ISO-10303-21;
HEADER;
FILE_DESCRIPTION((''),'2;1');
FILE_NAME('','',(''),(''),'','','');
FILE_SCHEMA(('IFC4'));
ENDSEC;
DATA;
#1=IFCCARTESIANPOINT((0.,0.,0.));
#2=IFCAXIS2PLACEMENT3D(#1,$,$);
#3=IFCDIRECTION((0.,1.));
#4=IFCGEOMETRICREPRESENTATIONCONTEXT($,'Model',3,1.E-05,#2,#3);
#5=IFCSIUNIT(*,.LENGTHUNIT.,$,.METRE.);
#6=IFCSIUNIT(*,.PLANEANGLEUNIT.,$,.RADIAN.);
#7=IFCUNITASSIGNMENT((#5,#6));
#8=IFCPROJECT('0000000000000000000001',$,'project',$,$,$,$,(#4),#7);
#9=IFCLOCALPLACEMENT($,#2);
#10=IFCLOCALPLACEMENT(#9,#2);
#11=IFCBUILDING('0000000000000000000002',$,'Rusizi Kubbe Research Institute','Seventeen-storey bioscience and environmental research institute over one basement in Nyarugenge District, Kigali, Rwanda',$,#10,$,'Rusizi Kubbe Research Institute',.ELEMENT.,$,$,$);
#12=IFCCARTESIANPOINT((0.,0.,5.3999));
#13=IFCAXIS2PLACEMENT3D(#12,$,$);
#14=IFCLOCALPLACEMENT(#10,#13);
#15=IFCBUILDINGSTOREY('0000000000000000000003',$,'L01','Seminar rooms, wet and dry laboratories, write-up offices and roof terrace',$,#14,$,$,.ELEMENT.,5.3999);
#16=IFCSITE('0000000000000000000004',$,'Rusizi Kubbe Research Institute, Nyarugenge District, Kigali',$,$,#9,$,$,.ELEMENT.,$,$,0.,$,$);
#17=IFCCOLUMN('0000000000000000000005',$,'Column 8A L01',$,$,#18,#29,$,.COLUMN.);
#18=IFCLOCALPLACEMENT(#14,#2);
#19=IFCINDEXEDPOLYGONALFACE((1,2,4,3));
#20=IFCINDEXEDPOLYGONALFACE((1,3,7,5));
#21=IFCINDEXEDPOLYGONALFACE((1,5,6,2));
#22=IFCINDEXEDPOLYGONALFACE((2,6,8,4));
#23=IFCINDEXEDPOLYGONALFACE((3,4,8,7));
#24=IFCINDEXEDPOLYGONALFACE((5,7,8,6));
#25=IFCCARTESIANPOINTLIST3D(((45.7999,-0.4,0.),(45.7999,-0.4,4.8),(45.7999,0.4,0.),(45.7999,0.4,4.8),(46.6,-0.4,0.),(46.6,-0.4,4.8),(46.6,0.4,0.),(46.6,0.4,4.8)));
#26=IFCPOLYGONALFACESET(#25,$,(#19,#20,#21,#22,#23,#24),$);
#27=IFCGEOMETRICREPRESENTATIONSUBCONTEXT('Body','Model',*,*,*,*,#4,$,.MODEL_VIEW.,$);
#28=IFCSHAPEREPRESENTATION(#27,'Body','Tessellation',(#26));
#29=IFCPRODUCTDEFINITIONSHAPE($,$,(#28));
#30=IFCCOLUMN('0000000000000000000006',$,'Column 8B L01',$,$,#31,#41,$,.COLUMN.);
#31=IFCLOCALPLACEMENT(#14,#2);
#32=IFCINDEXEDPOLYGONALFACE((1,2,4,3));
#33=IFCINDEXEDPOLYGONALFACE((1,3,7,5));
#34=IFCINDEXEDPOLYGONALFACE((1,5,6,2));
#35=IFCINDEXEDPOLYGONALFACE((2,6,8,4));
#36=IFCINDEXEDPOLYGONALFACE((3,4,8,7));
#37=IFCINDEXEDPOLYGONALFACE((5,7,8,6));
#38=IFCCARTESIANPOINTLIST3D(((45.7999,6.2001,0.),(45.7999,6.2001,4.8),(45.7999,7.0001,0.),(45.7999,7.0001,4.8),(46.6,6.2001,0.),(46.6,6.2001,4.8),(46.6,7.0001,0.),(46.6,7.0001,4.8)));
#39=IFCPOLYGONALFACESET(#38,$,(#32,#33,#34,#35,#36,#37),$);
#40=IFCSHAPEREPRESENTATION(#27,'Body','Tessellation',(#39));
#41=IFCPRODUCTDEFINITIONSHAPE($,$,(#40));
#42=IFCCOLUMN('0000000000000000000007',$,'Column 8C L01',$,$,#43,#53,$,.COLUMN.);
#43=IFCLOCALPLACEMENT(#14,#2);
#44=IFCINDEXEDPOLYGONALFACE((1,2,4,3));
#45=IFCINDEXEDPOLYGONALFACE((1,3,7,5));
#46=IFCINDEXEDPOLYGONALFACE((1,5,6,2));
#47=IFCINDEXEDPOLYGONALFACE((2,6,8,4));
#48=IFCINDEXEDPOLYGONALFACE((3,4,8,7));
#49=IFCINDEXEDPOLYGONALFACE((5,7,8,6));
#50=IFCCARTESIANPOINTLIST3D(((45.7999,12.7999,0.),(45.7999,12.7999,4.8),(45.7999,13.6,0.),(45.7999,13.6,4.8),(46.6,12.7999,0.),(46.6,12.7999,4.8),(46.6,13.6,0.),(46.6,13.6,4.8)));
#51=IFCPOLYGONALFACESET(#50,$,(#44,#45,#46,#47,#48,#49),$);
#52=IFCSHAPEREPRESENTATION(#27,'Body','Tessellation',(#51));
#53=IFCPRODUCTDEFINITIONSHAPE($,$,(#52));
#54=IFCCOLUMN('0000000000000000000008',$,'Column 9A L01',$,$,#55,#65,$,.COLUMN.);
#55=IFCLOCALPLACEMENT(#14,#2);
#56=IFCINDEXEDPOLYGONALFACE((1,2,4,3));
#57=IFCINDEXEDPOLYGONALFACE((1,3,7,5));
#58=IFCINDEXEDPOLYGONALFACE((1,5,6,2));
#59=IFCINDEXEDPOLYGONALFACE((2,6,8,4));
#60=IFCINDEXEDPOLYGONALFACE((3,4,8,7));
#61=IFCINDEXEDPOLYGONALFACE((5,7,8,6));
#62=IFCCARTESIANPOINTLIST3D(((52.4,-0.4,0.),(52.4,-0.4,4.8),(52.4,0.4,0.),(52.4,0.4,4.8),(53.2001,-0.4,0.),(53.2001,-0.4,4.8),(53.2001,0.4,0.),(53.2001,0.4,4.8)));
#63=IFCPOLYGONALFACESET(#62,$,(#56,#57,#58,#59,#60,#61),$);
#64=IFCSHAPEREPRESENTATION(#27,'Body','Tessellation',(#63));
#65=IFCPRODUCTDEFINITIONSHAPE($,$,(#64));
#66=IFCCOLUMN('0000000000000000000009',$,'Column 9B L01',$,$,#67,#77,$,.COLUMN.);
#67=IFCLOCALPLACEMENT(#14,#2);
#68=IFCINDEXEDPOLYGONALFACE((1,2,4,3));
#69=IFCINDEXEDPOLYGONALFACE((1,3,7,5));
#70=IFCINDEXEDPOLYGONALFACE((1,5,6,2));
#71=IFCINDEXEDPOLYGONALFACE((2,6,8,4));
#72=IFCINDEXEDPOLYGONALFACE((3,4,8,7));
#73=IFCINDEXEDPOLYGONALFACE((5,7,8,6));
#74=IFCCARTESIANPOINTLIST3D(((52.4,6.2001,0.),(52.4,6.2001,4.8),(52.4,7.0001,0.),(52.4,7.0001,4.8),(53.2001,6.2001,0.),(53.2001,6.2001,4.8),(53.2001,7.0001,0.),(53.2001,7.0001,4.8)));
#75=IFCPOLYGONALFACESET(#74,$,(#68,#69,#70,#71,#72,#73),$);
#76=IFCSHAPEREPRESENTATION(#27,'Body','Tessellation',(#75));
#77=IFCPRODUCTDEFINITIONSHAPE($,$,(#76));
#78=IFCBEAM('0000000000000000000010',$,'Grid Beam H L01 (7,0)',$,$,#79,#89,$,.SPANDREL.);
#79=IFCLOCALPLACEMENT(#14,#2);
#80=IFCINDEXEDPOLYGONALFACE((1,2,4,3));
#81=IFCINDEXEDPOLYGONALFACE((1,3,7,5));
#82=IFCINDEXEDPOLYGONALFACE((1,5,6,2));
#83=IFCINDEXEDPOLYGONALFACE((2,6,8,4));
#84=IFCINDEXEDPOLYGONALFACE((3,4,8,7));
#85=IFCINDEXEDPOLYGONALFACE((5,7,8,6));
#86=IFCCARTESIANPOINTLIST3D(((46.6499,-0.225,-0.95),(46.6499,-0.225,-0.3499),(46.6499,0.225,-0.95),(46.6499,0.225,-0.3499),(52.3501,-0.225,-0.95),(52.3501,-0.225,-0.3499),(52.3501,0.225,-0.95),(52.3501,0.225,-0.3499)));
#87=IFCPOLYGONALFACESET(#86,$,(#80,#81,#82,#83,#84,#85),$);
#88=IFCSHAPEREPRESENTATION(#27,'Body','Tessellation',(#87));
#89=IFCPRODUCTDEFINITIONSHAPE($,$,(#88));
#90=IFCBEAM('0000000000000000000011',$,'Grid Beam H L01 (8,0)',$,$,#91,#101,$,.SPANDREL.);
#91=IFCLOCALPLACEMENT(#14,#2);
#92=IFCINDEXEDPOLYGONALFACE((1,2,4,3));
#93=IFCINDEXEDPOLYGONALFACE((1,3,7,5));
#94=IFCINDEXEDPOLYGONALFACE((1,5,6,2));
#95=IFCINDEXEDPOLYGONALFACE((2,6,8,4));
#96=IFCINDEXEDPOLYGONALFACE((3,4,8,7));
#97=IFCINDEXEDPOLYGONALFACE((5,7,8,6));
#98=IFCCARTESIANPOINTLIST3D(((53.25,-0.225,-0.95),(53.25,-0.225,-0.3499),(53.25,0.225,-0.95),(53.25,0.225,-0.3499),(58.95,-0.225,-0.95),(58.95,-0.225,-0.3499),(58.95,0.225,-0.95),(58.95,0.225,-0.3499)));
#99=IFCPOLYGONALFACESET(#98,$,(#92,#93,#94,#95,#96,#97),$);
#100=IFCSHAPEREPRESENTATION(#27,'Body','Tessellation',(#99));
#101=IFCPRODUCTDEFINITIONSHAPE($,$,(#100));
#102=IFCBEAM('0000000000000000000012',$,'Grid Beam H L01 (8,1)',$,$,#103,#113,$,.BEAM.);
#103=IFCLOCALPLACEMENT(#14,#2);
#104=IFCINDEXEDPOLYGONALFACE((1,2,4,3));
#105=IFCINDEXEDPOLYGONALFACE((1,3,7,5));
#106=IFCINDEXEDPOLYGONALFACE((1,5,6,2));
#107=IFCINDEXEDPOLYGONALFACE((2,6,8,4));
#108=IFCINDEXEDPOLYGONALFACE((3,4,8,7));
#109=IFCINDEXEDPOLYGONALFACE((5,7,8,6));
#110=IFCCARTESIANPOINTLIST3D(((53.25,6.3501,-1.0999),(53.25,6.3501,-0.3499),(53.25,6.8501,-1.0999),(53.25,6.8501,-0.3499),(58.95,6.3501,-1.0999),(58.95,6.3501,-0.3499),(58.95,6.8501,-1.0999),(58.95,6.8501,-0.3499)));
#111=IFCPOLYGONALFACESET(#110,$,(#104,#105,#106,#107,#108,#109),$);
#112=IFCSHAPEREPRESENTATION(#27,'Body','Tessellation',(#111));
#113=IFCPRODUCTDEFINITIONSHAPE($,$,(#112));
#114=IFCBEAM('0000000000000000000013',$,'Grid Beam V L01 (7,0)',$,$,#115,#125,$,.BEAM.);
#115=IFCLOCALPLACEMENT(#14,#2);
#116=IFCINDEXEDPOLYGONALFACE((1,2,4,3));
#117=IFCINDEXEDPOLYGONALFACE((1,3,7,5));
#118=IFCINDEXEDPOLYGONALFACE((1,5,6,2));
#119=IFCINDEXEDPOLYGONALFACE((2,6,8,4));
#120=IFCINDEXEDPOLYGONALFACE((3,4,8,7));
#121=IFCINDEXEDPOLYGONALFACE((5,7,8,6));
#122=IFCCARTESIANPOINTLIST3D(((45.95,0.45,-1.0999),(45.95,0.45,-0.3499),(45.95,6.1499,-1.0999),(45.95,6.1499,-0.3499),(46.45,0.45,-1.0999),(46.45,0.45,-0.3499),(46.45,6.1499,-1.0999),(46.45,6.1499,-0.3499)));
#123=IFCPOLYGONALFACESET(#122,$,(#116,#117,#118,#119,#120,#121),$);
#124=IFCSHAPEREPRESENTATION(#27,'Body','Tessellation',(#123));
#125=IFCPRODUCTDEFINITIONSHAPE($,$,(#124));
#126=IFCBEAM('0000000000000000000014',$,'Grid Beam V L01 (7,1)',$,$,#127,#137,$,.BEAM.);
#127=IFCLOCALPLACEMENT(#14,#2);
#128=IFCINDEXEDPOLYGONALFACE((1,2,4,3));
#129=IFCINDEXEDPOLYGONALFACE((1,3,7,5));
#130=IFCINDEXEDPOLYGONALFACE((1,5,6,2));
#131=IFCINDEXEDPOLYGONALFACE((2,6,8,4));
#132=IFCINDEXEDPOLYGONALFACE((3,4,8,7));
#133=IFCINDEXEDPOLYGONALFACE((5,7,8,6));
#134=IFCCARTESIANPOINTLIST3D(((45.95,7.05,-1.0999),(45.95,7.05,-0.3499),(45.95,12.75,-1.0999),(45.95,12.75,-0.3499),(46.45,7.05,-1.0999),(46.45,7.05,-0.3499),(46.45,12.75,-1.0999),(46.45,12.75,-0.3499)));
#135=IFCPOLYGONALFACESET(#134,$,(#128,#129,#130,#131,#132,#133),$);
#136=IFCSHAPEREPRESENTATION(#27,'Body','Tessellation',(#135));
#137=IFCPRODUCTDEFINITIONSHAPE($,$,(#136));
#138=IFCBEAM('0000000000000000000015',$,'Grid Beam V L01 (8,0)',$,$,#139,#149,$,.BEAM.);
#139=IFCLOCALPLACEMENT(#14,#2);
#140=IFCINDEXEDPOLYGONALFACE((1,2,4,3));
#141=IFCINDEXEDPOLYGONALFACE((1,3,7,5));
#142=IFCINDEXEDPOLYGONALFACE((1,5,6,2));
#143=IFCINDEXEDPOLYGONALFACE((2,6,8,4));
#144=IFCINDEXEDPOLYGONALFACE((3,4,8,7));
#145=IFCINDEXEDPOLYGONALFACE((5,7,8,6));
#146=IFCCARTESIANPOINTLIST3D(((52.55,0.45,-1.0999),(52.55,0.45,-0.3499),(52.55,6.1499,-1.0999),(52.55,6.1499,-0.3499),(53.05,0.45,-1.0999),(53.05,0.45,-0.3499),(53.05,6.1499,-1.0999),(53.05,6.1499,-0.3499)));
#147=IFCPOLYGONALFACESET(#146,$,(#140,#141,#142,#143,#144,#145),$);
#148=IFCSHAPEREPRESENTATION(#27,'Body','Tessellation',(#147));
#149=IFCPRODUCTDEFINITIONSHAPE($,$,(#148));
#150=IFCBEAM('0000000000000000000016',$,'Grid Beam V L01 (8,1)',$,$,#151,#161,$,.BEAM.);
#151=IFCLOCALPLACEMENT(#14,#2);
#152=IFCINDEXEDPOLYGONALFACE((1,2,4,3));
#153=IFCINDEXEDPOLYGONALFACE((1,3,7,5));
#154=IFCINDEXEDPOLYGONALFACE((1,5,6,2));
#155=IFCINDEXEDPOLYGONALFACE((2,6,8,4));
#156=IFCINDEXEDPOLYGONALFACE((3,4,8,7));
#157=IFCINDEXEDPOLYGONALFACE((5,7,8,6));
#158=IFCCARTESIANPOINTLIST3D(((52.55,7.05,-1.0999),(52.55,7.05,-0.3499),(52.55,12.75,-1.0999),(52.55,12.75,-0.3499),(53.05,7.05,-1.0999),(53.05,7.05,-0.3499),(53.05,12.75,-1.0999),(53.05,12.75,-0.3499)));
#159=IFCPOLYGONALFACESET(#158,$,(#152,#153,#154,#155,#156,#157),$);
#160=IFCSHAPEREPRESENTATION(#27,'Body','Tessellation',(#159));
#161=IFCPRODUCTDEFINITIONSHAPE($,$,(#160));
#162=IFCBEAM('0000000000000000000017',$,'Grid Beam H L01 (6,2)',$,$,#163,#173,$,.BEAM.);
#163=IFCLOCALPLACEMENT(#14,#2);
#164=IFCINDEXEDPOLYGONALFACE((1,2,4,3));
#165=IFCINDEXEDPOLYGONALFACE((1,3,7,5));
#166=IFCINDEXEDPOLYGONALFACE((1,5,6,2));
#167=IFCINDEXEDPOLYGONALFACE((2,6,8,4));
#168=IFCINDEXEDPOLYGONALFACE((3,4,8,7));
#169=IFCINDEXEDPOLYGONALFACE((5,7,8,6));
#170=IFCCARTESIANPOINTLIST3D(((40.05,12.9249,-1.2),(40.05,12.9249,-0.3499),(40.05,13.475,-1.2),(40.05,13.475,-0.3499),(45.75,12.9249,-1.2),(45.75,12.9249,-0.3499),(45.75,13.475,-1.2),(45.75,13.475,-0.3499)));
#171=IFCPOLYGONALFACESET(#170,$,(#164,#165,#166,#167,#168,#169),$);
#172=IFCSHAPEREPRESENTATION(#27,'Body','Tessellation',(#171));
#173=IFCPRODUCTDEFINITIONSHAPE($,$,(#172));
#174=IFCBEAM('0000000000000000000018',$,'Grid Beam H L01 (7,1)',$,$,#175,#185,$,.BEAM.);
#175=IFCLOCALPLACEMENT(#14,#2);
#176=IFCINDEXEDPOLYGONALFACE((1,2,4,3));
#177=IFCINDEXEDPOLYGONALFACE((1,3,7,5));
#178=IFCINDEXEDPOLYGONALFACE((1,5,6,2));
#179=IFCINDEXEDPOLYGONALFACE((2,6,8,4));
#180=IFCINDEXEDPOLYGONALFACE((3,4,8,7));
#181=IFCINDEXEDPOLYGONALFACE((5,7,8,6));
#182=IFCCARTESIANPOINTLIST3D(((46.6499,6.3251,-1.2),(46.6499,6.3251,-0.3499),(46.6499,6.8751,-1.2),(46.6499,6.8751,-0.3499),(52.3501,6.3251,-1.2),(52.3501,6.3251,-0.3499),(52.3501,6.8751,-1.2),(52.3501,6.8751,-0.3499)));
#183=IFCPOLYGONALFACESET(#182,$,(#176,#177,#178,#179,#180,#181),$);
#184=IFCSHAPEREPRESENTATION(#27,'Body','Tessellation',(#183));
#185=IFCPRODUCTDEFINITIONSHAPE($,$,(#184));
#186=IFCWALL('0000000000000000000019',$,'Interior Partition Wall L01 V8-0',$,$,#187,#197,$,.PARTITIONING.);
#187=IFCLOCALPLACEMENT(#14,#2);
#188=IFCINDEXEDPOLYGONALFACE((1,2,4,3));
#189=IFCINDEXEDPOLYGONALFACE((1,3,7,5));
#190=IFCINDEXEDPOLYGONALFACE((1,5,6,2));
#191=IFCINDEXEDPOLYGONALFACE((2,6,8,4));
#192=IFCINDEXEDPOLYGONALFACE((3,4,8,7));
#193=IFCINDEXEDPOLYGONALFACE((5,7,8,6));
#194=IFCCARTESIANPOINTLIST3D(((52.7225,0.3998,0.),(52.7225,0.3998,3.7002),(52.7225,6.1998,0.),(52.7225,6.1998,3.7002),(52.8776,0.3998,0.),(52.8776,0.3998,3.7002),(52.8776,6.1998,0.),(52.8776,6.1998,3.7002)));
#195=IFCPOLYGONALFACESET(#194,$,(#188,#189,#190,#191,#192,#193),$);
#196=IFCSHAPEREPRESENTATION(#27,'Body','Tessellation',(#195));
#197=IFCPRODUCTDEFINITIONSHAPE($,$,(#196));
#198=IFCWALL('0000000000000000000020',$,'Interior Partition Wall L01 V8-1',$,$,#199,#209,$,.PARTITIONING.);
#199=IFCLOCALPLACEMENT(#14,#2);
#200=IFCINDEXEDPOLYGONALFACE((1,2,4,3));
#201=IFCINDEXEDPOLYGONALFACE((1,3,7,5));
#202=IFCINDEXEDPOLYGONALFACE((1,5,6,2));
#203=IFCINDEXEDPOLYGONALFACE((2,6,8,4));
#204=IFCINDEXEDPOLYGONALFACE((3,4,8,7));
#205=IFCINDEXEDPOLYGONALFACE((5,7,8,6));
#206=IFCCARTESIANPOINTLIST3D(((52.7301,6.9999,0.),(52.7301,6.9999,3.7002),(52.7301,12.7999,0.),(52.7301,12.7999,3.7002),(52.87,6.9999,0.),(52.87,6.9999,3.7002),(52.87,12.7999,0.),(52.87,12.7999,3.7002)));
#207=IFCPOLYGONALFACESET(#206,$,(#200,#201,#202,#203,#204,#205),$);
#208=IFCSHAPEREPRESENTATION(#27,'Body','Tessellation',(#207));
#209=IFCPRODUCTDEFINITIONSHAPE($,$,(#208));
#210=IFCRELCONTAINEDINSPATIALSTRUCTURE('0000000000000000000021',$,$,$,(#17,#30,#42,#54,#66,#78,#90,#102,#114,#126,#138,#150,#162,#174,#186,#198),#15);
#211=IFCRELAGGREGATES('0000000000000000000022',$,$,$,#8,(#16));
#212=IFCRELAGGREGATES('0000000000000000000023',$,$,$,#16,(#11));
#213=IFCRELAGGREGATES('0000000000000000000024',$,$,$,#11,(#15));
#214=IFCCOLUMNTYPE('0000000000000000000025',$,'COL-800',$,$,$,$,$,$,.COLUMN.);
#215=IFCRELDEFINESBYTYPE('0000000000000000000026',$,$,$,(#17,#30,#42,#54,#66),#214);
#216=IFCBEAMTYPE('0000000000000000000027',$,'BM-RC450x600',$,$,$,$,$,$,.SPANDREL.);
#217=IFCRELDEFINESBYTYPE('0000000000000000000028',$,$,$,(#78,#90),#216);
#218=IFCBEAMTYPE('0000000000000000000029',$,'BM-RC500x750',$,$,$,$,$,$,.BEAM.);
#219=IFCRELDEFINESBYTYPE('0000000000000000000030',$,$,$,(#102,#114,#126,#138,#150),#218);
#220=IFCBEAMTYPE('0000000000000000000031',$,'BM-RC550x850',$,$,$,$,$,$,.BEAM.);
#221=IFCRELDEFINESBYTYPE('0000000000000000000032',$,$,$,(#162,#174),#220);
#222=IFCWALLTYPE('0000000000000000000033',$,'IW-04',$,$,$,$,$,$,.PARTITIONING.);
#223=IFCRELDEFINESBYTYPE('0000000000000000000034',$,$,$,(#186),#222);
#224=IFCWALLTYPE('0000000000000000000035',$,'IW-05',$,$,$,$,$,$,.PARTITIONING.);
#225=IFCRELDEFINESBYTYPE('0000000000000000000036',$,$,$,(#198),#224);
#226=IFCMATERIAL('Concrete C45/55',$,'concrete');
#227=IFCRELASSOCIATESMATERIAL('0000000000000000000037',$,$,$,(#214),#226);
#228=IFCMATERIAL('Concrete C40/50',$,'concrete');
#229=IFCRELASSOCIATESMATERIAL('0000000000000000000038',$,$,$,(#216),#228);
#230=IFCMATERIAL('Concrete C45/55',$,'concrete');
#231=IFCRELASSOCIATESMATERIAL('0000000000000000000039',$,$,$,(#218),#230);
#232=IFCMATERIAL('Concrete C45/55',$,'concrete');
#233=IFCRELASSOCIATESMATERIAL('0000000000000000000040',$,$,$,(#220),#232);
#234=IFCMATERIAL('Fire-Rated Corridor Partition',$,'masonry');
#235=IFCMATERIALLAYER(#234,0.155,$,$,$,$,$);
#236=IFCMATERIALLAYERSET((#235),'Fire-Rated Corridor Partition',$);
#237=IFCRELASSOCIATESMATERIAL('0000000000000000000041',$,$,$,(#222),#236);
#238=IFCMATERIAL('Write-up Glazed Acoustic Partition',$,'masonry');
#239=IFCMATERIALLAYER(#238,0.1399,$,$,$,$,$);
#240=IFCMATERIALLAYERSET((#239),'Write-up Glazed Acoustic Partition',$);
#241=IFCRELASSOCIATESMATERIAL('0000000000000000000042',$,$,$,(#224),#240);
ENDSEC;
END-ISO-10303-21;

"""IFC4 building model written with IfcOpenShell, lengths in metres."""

from ifc_helpers import new_model, si_unit, direction, frame, frame_2d, origin, origin_2d, place, context, subcontext, project, spatial, rectangle, extrude, material, layer, layer_set, material_profile, profile_set, type_object, element, save


model = new_model("IFC4")

# Units and contexts
model_context = context("Model", 3, precision=1e-05, world=origin(), true_north=direction((0.0, 1.0)))
body_context = subcontext(model_context, "Body", "Model", "MODEL_VIEW")
ifc_project = project(units=[si_unit("LENGTHUNIT", "METRE"), si_unit("PLANEANGLEUNIT", "RADIAN")], contexts=[model_context])

# Site, building, storey
site_placement = place(None, origin())
site = spatial("IfcSite", under=ifc_project, at=site_placement, Name="Rusizi Kubbe Research Institute, Nyarugenge District, Kigali", CompositionType="ELEMENT", RefElevation=0.0)
building_placement = place(site_placement, origin())
building = spatial("IfcBuilding", under=site, at=building_placement, Name="Rusizi Kubbe Research Institute", Description="Seventeen-storey bioscience and environmental research institute over one basement in Nyarugenge District, Kigali, Rwanda", LongName="Rusizi Kubbe Research Institute", CompositionType="ELEMENT")
storey_placement = place(building_placement, frame((0.0, 0.0, 5.3999)))
storey = spatial("IfcBuildingStorey", under=building, at=storey_placement, Name="L01", Description="Seminar rooms, wet and dry laboratories, write-up offices and roof terrace", CompositionType="ELEMENT", Elevation=5.3999)

# Columns
ifc_material_1 = material(Name="Concrete C45/55", Category="concrete")
ifc_material_profile_1 = material_profile(ifc_material_1, rectangle(XDim=0.8, YDim=0.8, at=origin_2d()), Name="RC800x800")
ifc_profile_set_1 = profile_set([ifc_material_profile_1], Name="Concrete C45/55")
column_type = type_object("IfcColumnType", Name="COL-800", PredefinedType="COLUMN", material=ifc_profile_set_1)
for number, where, z_axis, x_axis, name in (
    (1, (46.2, 0.0, 0.0), (0.0, 0.0, 1.0), (1.0, 0.0, 0.0), "Column 8A L01"),
    (2, (46.2, 6.6001, 0.0), (0.0, 0.0, 1.0), (1.0, 0.0, 0.0), "Column 8B L01"),
    (3, (46.2, 13.2, 0.0), (0.0, 0.0, 1.0), (1.0, 0.0, 0.0), "Column 8C L01"),
    (4, (52.8, 0.0, 0.0), (0.0, 0.0, 1.0), (1.0, 0.0, 0.0), "Column 9A L01"),
    (5, (52.8, 6.6001, 0.0), (0.0, 0.0, 1.0), (1.0, 0.0, 0.0), "Column 9B L01"),
):
    element("IfcColumn", number, at=place(storey_placement, frame(where, z_axis=z_axis, x_axis=x_axis)), inside=storey, type_object=column_type, Name=name, PredefinedType="COLUMN", context=body_context, shape_type="SweptSolid", body=[
        extrude(rectangle(XDim=0.8, YDim=0.8, at=origin_2d()), origin(), (0.0, 0.0, 1.0), 4.8),
    ])

# Beams
ifc_material_2 = material(Name="Concrete C40/50", Category="concrete")
ifc_material_profile_2 = material_profile(ifc_material_2, rectangle(XDim=0.45, YDim=0.6001, at=origin_2d()), Name="RC450x600")
ifc_profile_set_2 = profile_set([ifc_material_profile_2], Name="Concrete C40/50")
beam_type_1 = type_object("IfcBeamType", Name="BM-RC450x600", PredefinedType="SPANDREL", material=ifc_profile_set_2)
beam_1_placement = place(storey_placement, frame((46.6499, 0.0, -0.6499), z_axis=(1.0, 0.0, 0.0), x_axis=(0.0, 1.0, 0.0)))
element("IfcBeam", 6, at=beam_1_placement, inside=storey, type_object=beam_type_1, Name="Grid Beam H L01 (7,0)", PredefinedType="SPANDREL", context=body_context, shape_type="SweptSolid", body=[
    extrude(rectangle(XDim=0.45, YDim=0.6001, at=origin_2d()), origin(), (0.0, 0.0, 1.0), 5.7002),
])
beam_2_placement = place(storey_placement, frame((53.25, 0.0, -0.6499), z_axis=(1.0, 0.0, 0.0), x_axis=(0.0, 1.0, 0.0)))
element("IfcBeam", 7, at=beam_2_placement, inside=storey, type_object=beam_type_1, Name="Grid Beam H L01 (8,0)", PredefinedType="SPANDREL", context=body_context, shape_type="SweptSolid", body=[
    extrude(rectangle(XDim=0.45, YDim=0.6001, at=origin_2d()), origin(), (0.0, 0.0, 1.0), 5.7),
])
ifc_material_3 = material(Name="Concrete C45/55", Category="concrete")
ifc_material_profile_3 = material_profile(ifc_material_3, rectangle(XDim=0.5, YDim=0.75, at=origin_2d()), Name="RC500x750B")
ifc_profile_set_3 = profile_set([ifc_material_profile_3], Name="Concrete C45/55")
beam_type_2 = type_object("IfcBeamType", Name="BM-RC500x750", PredefinedType="BEAM", material=ifc_profile_set_3)
for number, where, z_axis, x_axis, name in (
    (8, (53.25, 6.6001, -0.7249), (1.0, 0.0, 0.0), (0.0, 1.0, 0.0), "Grid Beam H L01 (8,1)"),
    (9, (46.2, 0.45, -0.7249), (0.0, 1.0, 0.0), (-1.0, 0.0, 0.0), "Grid Beam V L01 (7,0)"),
    (10, (46.2, 7.05, -0.7249), (0.0, 1.0, 0.0), (-1.0, 0.0, 0.0), "Grid Beam V L01 (7,1)"),
    (11, (52.8, 0.45, -0.7249), (0.0, 1.0, 0.0), (-1.0, 0.0, 0.0), "Grid Beam V L01 (8,0)"),
    (12, (52.8, 7.05, -0.7249), (0.0, 1.0, 0.0), (-1.0, 0.0, 0.0), "Grid Beam V L01 (8,1)"),
):
    element("IfcBeam", number, at=place(storey_placement, frame(where, z_axis=z_axis, x_axis=x_axis)), inside=storey, type_object=beam_type_2, Name=name, PredefinedType="BEAM", context=body_context, shape_type="SweptSolid", body=[
        extrude(rectangle(XDim=0.5, YDim=0.75, at=origin_2d()), origin(), (0.0, 0.0, 1.0), 5.7),
    ])
ifc_material_4 = material(Name="Concrete C45/55", Category="concrete")
ifc_material_profile_4 = material_profile(ifc_material_4, rectangle(XDim=0.55, YDim=0.8501, at=origin_2d()), Name="RC550x850")
ifc_profile_set_4 = profile_set([ifc_material_profile_4], Name="Concrete C45/55")
beam_type_3 = type_object("IfcBeamType", Name="BM-RC550x850", PredefinedType="BEAM", material=ifc_profile_set_4)
beam_3_placement = place(storey_placement, frame((40.05, 13.2, -0.7749), z_axis=(1.0, 0.0, 0.0), x_axis=(0.0, 1.0, 0.0)))
element("IfcBeam", 13, at=beam_3_placement, inside=storey, type_object=beam_type_3, Name="Grid Beam H L01 (6,2)", PredefinedType="BEAM", context=body_context, shape_type="SweptSolid", body=[
    extrude(rectangle(XDim=0.55, YDim=0.8501, at=origin_2d()), origin(), (0.0, 0.0, 1.0), 5.7),
])
beam_4_placement = place(storey_placement, frame((46.6499, 6.6001, -0.7749), z_axis=(1.0, 0.0, 0.0), x_axis=(0.0, 1.0, 0.0)))
element("IfcBeam", 14, at=beam_4_placement, inside=storey, type_object=beam_type_3, Name="Grid Beam H L01 (7,1)", PredefinedType="BEAM", context=body_context, shape_type="SweptSolid", body=[
    extrude(rectangle(XDim=0.55, YDim=0.8501, at=origin_2d()), origin(), (0.0, 0.0, 1.0), 5.7002),
])

# Walls
ifc_material_5 = material(Name="Fire-Rated Corridor Partition", Category="masonry")
ifc_layer_1 = layer(ifc_material_5, 0.155)
ifc_layer_set_1 = layer_set([ifc_layer_1], Name="Fire-Rated Corridor Partition")
wall_type_1 = type_object("IfcWallType", Name="IW-04", PredefinedType="PARTITIONING", material=ifc_layer_set_1)
wall_1_placement = place(storey_placement, frame((52.8, 0.3999, 0.0), z_axis=(0.0, 0.0, 1.0), x_axis=(0.0, 1.0, 0.0)))
element("IfcWall", 15, at=wall_1_placement, inside=storey, type_object=wall_type_1, Name="Interior Partition Wall L01 V8-0", PredefinedType="PARTITIONING", context=body_context, shape_type="SweptSolid", body=[
    extrude(rectangle(XDim=5.8, YDim=0.155, at=frame_2d((2.8999, 0.0))), origin(), (0.0, 0.0, 1.0), 3.7002),
])
ifc_material_6 = material(Name="Write-up Glazed Acoustic Partition", Category="masonry")
ifc_layer_2 = layer(ifc_material_6, 0.1399)
ifc_layer_set_2 = layer_set([ifc_layer_2], Name="Write-up Glazed Acoustic Partition")
wall_type_2 = type_object("IfcWallType", Name="IW-05", PredefinedType="PARTITIONING", material=ifc_layer_set_2)
wall_2_placement = place(storey_placement, frame((52.8, 7.0, 0.0), z_axis=(0.0, 0.0, 1.0), x_axis=(0.0, 1.0, 0.0)))
element("IfcWall", 16, at=wall_2_placement, inside=storey, type_object=wall_type_2, Name="Interior Partition Wall L01 V8-1", PredefinedType="PARTITIONING", context=body_context, shape_type="SweptSolid", body=[
    extrude(rectangle(XDim=5.8, YDim=0.1399, at=frame_2d((2.8999, 0.0))), origin(), (0.0, 0.0, 1.0), 3.7002),
])

save(model, "model.ifc")
